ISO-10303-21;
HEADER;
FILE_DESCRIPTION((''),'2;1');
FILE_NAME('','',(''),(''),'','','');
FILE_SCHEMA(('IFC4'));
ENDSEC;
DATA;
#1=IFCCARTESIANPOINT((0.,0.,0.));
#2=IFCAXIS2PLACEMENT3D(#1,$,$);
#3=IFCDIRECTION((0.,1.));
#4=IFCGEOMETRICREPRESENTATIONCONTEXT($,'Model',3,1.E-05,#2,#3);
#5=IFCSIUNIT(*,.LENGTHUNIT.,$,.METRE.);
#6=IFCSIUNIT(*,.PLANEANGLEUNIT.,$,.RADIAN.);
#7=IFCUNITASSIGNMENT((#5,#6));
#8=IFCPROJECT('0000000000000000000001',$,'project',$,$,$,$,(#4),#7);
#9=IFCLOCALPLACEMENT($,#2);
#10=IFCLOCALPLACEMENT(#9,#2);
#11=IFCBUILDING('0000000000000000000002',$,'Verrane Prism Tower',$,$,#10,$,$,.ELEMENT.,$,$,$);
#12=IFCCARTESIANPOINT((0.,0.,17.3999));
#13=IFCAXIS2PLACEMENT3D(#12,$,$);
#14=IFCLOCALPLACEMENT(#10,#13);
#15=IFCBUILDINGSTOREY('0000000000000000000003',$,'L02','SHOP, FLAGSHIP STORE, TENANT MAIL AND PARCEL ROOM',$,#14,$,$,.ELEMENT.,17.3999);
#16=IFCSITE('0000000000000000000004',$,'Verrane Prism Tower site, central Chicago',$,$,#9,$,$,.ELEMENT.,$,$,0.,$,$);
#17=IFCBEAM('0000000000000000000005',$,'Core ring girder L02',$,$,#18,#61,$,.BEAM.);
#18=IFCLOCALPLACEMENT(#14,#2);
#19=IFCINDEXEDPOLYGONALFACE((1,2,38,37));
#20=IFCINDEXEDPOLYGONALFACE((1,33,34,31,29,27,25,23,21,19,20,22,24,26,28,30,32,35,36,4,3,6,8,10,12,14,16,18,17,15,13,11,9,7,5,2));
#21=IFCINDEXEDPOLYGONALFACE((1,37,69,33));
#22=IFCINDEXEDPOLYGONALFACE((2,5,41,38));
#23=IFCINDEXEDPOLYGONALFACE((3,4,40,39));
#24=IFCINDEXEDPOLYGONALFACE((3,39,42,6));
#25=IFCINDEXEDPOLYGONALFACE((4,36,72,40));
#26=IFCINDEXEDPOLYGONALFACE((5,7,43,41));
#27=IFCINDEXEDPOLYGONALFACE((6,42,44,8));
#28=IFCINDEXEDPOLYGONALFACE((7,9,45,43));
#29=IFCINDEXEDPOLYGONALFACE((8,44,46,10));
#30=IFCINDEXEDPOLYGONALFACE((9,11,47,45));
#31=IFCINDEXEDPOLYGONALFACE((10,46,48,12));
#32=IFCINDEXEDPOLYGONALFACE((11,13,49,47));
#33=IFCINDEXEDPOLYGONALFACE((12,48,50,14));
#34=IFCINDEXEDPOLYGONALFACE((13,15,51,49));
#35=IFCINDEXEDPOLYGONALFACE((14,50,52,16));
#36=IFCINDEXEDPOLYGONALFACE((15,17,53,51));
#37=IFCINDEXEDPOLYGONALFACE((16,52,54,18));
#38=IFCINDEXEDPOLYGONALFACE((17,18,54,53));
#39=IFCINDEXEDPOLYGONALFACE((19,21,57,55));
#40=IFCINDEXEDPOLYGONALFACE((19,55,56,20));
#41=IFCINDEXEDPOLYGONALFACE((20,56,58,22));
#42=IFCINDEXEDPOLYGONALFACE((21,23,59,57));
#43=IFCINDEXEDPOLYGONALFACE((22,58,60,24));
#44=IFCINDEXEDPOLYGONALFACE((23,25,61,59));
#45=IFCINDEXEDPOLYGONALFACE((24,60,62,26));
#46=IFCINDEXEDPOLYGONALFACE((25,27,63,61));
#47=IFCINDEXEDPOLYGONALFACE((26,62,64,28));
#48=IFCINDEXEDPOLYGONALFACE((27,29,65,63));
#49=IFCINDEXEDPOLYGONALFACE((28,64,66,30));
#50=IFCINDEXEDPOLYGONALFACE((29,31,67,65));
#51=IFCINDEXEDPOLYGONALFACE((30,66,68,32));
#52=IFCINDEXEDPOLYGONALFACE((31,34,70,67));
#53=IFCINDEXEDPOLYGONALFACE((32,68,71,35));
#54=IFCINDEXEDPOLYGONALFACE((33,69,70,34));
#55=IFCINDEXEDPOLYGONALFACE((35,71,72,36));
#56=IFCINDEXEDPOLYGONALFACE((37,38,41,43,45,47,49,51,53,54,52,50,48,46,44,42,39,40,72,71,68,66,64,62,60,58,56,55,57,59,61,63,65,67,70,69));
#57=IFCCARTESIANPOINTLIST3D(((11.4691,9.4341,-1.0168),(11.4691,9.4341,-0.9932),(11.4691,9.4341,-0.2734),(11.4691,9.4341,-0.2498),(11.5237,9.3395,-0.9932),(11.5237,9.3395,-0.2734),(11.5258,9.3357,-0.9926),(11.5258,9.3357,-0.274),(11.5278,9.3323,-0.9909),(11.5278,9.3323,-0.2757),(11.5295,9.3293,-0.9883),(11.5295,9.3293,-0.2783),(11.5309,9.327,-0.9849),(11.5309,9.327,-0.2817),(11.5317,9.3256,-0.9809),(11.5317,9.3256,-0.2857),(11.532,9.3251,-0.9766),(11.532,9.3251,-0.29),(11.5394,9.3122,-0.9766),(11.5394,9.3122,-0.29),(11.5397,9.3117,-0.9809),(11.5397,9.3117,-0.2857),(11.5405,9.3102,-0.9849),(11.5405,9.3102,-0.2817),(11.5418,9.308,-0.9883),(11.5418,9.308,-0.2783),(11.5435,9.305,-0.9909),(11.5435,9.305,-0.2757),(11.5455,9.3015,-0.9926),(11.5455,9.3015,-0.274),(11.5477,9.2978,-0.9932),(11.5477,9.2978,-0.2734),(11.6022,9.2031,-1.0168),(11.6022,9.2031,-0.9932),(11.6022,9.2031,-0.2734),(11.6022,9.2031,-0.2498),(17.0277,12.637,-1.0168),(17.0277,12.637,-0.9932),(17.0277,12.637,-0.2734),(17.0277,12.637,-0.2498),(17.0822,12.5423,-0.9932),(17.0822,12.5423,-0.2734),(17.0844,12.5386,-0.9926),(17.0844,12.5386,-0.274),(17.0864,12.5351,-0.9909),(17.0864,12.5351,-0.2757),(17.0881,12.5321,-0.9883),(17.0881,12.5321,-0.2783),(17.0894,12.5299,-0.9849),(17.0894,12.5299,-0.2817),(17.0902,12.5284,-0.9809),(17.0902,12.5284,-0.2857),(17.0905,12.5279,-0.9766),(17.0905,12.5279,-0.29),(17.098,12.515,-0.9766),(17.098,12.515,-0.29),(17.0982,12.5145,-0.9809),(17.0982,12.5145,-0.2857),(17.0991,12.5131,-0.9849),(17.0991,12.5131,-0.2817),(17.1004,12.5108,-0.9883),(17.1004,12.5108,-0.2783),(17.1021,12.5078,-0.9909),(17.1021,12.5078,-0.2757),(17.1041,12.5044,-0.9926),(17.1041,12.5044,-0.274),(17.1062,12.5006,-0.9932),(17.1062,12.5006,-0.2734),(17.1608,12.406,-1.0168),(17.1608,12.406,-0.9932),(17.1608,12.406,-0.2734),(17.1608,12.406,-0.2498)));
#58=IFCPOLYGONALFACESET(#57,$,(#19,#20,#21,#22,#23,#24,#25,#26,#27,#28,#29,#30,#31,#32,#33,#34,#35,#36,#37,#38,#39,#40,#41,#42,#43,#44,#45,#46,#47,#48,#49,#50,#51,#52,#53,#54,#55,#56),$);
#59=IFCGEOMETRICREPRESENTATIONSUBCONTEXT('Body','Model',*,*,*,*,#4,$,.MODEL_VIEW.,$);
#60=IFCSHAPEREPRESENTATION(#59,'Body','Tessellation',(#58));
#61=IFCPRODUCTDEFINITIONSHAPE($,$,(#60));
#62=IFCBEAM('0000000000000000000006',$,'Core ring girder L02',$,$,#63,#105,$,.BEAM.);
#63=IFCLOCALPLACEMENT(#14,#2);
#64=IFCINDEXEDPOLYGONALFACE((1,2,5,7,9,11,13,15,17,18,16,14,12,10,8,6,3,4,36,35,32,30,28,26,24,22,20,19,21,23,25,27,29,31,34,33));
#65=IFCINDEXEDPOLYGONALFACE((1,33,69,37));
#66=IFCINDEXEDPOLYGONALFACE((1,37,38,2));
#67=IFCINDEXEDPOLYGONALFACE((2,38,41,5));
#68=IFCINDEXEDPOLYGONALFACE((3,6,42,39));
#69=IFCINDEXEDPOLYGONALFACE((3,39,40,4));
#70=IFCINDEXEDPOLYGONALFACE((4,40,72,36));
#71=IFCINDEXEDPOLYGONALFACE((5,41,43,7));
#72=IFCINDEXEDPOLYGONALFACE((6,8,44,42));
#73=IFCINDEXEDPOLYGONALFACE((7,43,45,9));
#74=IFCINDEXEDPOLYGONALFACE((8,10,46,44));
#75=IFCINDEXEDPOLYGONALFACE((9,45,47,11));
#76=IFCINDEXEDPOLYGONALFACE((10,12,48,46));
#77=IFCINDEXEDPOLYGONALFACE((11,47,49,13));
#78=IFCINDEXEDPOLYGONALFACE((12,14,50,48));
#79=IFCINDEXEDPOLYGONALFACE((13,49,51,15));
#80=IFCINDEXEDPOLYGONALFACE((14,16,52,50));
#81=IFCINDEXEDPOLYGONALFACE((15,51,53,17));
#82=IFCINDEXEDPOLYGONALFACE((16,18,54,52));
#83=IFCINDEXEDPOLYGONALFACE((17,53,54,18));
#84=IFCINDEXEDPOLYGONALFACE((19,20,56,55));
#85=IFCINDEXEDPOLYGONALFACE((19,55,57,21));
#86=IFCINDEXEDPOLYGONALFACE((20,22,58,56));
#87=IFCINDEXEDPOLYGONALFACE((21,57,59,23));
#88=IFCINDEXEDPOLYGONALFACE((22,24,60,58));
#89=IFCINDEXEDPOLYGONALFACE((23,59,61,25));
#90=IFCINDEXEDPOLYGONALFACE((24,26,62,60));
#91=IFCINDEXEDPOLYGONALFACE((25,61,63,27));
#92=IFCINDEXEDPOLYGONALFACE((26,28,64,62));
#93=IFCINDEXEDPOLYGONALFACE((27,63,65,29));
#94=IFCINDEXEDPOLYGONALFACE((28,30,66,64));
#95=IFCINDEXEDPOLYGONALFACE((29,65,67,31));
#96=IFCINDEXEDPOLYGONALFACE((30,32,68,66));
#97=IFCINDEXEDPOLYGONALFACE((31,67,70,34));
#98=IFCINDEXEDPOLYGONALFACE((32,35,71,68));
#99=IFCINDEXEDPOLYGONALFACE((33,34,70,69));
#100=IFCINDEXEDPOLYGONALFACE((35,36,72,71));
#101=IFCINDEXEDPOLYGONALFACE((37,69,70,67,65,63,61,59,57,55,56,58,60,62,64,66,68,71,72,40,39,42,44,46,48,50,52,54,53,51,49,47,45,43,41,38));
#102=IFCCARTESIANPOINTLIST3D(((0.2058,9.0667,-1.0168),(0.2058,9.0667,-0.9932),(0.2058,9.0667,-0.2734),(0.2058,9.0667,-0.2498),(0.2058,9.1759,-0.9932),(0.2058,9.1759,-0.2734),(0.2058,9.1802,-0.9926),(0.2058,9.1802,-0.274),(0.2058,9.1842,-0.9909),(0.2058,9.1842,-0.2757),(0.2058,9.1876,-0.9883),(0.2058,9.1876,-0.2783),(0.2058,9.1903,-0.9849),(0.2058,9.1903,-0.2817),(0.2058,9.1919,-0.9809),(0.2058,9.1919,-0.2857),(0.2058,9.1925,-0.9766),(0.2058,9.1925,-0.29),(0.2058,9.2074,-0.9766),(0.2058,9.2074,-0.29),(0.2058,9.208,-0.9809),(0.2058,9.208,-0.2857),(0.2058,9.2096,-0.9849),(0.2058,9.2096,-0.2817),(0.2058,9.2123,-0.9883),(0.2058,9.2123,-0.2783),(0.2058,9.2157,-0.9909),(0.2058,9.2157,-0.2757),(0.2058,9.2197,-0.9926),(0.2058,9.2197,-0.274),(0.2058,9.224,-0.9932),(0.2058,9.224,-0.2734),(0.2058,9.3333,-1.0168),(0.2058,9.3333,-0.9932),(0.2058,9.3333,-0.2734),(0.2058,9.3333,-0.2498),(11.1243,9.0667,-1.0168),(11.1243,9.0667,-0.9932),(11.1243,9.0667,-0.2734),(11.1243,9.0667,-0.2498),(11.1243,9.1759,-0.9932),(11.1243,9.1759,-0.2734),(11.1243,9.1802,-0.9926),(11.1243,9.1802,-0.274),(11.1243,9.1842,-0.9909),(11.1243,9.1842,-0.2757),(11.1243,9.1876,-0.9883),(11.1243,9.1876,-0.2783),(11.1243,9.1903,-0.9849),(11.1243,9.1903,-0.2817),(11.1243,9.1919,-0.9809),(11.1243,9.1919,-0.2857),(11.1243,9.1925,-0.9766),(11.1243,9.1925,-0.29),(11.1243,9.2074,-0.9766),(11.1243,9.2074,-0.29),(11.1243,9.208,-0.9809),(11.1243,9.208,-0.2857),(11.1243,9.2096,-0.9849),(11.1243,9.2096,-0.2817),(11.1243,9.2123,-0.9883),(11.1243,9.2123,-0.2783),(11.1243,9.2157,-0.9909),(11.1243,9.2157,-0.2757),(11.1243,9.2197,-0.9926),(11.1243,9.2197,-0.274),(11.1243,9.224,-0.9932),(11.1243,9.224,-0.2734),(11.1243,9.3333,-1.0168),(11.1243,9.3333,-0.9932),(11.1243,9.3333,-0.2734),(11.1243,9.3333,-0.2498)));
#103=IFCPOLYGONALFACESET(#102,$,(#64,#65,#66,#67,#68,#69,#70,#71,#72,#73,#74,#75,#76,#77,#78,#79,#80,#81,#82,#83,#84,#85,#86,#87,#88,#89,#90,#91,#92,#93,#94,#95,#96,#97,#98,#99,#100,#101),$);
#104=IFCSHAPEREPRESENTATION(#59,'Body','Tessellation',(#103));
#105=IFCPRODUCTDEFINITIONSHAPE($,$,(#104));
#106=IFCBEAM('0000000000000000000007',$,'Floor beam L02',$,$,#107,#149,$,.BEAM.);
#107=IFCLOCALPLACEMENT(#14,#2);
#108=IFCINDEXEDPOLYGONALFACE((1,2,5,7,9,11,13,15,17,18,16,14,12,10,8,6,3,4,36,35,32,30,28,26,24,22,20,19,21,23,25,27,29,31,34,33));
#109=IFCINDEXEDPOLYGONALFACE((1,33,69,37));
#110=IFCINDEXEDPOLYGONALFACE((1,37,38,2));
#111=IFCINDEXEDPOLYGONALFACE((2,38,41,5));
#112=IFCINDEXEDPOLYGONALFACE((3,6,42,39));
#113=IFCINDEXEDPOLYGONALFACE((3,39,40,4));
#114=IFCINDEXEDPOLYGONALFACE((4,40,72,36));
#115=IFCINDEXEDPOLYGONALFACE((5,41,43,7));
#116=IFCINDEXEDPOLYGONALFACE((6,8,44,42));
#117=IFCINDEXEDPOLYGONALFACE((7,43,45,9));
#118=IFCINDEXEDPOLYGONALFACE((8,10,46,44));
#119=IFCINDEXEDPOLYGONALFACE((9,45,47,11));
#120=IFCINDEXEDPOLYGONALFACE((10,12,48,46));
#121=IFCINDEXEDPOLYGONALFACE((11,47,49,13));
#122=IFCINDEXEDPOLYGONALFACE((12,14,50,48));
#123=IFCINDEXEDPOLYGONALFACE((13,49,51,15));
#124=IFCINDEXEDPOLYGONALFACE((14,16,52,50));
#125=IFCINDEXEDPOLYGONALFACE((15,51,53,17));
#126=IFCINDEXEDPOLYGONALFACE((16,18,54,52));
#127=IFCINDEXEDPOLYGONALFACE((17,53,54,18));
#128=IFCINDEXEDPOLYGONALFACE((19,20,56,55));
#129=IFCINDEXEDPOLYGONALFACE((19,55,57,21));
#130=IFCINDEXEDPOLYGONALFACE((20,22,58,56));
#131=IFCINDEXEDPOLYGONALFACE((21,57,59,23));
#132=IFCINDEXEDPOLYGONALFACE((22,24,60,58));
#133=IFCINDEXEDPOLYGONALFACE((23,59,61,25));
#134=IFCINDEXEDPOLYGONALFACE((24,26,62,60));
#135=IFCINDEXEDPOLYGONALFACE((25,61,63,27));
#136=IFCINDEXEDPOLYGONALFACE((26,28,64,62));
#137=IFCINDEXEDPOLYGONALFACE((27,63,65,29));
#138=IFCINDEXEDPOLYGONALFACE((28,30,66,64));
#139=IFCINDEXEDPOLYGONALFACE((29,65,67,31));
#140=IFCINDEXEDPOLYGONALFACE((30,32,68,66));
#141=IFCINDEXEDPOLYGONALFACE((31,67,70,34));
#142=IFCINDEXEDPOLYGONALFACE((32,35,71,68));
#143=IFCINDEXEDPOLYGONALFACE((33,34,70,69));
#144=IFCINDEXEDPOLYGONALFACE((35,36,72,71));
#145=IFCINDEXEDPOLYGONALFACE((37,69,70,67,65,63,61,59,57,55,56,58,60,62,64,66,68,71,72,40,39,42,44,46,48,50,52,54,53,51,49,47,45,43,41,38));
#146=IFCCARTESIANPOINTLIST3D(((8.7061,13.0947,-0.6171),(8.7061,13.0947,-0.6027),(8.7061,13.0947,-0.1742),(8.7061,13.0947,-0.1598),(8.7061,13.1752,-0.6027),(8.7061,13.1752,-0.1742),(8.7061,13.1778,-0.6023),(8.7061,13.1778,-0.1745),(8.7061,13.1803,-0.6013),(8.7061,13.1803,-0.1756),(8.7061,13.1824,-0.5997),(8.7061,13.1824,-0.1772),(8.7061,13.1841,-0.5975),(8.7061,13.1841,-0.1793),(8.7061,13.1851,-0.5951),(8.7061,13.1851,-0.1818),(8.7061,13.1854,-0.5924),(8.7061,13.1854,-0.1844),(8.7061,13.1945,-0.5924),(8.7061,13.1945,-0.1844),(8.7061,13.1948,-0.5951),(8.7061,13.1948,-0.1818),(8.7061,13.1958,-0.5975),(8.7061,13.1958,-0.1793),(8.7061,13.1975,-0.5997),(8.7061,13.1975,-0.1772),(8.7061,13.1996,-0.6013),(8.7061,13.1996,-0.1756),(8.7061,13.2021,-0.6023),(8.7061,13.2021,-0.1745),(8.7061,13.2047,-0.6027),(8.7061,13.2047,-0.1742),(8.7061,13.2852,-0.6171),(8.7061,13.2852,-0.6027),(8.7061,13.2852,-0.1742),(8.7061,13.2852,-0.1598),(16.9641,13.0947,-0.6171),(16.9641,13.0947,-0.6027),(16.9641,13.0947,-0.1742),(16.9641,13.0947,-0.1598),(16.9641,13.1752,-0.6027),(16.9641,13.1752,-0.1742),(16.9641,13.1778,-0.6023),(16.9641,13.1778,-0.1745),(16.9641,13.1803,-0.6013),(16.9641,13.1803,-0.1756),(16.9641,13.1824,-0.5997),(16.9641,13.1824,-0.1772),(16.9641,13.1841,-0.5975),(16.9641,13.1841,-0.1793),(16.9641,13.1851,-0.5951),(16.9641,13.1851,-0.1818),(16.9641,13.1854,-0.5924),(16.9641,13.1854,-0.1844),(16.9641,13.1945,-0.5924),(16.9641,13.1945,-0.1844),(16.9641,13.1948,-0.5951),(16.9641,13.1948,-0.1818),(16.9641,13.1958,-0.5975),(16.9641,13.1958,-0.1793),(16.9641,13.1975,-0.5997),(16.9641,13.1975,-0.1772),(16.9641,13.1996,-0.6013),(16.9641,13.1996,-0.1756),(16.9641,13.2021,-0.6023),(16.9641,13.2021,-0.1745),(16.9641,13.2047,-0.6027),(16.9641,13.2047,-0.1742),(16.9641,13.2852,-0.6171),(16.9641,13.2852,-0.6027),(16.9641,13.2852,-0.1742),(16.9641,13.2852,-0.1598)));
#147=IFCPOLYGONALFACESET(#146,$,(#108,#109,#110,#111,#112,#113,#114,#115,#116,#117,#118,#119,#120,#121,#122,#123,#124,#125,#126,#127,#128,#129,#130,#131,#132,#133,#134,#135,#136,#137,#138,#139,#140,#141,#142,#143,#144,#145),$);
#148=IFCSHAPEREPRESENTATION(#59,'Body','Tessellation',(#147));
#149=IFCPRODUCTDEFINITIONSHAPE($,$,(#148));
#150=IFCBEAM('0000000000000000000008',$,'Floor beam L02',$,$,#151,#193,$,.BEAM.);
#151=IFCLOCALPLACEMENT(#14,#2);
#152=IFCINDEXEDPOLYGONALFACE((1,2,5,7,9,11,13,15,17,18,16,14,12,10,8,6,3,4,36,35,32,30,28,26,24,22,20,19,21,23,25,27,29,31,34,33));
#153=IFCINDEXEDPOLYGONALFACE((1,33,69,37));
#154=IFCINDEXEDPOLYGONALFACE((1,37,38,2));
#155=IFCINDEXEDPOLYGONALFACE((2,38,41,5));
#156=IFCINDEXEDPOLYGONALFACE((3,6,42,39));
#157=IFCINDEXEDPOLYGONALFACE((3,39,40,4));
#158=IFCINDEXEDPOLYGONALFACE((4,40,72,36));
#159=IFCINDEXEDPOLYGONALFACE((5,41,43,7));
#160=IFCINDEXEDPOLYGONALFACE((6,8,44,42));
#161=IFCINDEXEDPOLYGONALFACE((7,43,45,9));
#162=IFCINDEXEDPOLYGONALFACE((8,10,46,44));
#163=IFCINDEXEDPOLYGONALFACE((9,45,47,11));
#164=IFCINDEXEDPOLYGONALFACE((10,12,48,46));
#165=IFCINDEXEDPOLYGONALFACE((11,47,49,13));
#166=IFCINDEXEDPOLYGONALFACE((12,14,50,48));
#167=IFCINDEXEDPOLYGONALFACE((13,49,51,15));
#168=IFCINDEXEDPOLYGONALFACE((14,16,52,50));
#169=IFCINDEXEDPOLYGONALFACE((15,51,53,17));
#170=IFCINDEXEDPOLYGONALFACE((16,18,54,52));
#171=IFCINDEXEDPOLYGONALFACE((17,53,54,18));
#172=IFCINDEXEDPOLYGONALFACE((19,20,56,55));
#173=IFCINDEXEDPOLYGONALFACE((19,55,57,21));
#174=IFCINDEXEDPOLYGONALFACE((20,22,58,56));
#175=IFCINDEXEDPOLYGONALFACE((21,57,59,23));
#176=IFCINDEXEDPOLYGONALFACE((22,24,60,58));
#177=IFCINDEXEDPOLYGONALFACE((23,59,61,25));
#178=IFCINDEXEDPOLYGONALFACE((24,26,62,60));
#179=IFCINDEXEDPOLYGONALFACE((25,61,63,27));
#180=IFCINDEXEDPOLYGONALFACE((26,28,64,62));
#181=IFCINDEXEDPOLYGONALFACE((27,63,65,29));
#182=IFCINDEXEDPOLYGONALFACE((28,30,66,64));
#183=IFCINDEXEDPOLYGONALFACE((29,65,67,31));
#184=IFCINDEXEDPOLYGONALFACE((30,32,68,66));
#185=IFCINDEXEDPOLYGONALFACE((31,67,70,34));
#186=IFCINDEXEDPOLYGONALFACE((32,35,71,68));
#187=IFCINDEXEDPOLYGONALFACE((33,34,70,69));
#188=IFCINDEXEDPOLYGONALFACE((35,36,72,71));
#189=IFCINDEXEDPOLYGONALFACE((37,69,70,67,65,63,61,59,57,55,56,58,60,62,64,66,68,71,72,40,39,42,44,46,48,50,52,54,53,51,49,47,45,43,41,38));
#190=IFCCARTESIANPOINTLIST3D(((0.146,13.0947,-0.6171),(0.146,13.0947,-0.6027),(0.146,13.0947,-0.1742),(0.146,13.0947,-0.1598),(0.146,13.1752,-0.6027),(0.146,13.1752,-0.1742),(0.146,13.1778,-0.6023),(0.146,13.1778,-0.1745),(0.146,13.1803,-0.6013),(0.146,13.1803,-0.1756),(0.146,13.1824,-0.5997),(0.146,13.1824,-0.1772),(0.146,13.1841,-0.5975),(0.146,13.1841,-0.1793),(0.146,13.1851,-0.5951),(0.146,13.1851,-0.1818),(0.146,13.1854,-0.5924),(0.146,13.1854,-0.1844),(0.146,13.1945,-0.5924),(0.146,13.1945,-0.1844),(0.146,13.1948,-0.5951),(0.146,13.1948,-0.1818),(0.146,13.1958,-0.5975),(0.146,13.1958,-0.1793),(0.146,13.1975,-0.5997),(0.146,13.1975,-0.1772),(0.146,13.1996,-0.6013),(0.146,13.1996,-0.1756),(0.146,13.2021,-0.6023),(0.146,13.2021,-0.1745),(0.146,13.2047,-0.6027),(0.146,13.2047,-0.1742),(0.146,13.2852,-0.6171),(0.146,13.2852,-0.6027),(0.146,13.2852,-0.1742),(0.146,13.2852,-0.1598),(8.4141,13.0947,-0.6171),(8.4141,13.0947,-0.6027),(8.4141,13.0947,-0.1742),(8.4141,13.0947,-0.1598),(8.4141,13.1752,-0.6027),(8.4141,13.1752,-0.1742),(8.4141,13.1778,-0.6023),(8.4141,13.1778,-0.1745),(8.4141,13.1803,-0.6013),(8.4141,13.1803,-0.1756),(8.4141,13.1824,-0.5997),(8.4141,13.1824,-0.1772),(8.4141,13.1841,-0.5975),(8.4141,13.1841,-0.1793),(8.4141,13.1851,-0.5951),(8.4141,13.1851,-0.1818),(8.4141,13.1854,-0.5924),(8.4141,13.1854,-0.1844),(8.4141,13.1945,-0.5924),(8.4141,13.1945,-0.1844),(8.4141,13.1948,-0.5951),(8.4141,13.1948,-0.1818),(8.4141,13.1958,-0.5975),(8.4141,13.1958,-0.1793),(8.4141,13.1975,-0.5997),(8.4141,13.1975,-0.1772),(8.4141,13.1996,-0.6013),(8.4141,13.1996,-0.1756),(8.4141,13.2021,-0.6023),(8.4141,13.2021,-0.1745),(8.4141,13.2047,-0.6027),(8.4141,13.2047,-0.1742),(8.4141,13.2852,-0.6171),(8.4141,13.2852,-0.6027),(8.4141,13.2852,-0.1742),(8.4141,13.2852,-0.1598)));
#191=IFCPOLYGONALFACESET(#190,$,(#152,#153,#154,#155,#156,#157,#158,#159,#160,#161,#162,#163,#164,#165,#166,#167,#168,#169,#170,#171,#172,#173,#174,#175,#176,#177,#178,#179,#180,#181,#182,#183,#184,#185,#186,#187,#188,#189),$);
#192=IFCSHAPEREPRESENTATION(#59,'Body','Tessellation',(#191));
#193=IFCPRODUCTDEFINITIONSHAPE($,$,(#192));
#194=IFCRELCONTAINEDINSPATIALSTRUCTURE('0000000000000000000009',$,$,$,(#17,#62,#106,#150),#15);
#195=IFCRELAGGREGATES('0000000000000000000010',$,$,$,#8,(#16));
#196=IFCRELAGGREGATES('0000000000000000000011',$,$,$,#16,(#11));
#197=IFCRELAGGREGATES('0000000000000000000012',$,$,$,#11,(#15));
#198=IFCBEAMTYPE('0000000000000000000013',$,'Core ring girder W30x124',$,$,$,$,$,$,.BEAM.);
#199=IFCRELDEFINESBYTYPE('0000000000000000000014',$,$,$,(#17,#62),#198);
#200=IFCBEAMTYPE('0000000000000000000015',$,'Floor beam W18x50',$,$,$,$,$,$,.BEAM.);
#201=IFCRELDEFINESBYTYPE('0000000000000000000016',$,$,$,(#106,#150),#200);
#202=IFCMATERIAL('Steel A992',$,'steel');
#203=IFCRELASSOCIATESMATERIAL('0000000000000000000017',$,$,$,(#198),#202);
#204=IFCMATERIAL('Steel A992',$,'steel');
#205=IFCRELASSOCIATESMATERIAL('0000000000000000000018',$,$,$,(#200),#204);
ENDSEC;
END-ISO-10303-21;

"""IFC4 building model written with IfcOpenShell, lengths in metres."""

from ifc_helpers import new_model, si_unit, direction, frame, origin, origin_2d, place, context, subcontext, project, spatial, i_section, extrude, material, material_profile, profile_set, type_object, element, save


model = new_model("IFC4")

# Units and contexts
model_context = context("Model", 3, precision=1e-05, world=origin(), true_north=direction((0.0, 1.0)))
body_context = subcontext(model_context, "Body", "Model", "MODEL_VIEW")
ifc_project = project(units=[si_unit("LENGTHUNIT", "METRE"), si_unit("PLANEANGLEUNIT", "RADIAN")], contexts=[model_context])

# Site, building, storey
site_placement = place(None, origin())
site = spatial("IfcSite", under=ifc_project, at=site_placement, Name="Verrane Prism Tower site, central Chicago", CompositionType="ELEMENT", RefElevation=0.0)
building_placement = place(site_placement, origin())
building = spatial("IfcBuilding", under=site, at=building_placement, Name="Verrane Prism Tower", CompositionType="ELEMENT")
storey_placement = place(building_placement, frame((0.0, 0.0, 17.3999)))
storey = spatial("IfcBuildingStorey", under=building, at=storey_placement, Name="L02", Description="SHOP, FLAGSHIP STORE, TENANT MAIL AND PARCEL ROOM", CompositionType="ELEMENT", Elevation=17.3999)

# Beams
ifc_material_1 = material(Name="Steel A992", Category="steel")
ifc_material_profile_1 = material_profile(ifc_material_1, i_section(OverallWidth=0.2666, OverallDepth=0.7671, WebThickness=0.0149, FlangeThickness=0.0237, FilletRadius=0.0166, at=origin_2d()), Name="W30x124")
ifc_profile_set_1 = profile_set([ifc_material_profile_1], Name="Steel A992")
beam_type_1 = type_object("IfcBeamType", Name="Core ring girder W30x124", PredefinedType="BEAM", material=ifc_profile_set_1)
for number, where, z_axis, x_axis, name in (
    (1, (17.0942, 12.5215, -0.6333), (-0.866455, -0.499255, 0.0), (0.499255, -0.866455, 0.0), "Core ring girder L02"),
):
    element("IfcBeam", number, at=place(storey_placement, frame(where, z_axis=z_axis, x_axis=x_axis)), inside=storey, type_object=beam_type_1, Name=name, PredefinedType="BEAM", context=body_context, shape_type="SweptSolid", body=[
        extrude(i_section(OverallWidth=0.2666, OverallDepth=0.7671, WebThickness=0.0149, FlangeThickness=0.0237, FilletRadius=0.0166, at=origin_2d()), origin(), (0.0, 0.0, 1.0), 6.4153),
    ])
beam_1_placement = place(storey_placement, frame((11.1243, 9.2, -0.6333), z_axis=(-1.0, 0.0, 0.0), x_axis=(0.0, -1.0, 0.0)))
element("IfcBeam", 2, at=beam_1_placement, inside=storey, type_object=beam_type_1, Name="Core ring girder L02", PredefinedType="BEAM", context=body_context, shape_type="SweptSolid", body=[
    extrude(i_section(OverallWidth=0.2666, OverallDepth=0.7671, WebThickness=0.0149, FlangeThickness=0.0237, FilletRadius=0.0166, at=origin_2d()), origin(), (0.0, 0.0, 1.0), 10.9185),
])
ifc_material_2 = material(Name="Steel A992", Category="steel")
ifc_material_profile_2 = material_profile(ifc_material_2, i_section(OverallWidth=0.1904, OverallDepth=0.4573, WebThickness=0.009, FlangeThickness=0.0144, FilletRadius=0.0103, at=origin_2d()), Name="W18x50")
ifc_profile_set_2 = profile_set([ifc_material_profile_2], Name="Steel A992")
beam_type_2 = type_object("IfcBeamType", Name="Floor beam W18x50", PredefinedType="BEAM", material=ifc_profile_set_2)
beam_2_placement = place(storey_placement, frame((8.7061, 13.1899, -0.3884), z_axis=(1.0, 0.0, 0.0), x_axis=(0.0, 1.0, 0.0)))
element("IfcBeam", 3, at=beam_2_placement, inside=storey, type_object=beam_type_2, Name="Floor beam L02", PredefinedType="BEAM", context=body_context, shape_type="SweptSolid", body=[
    extrude(i_section(OverallWidth=0.1904, OverallDepth=0.4573, WebThickness=0.009, FlangeThickness=0.0144, FilletRadius=0.0103, at=origin_2d()), origin(), (0.0, 0.0, 1.0), 8.2581),
])
beam_3_placement = place(storey_placement, frame((0.146, 13.1899, -0.3884), z_axis=(1.0, 0.0, 0.0), x_axis=(0.0, 1.0, 0.0)))
element("IfcBeam", 4, at=beam_3_placement, inside=storey, type_object=beam_type_2, Name="Floor beam L02", PredefinedType="BEAM", context=body_context, shape_type="SweptSolid", body=[
    extrude(i_section(OverallWidth=0.1904, OverallDepth=0.4573, WebThickness=0.009, FlangeThickness=0.0144, FilletRadius=0.0103, at=origin_2d()), origin(), (0.0, 0.0, 1.0), 8.2681),
])

save(model, "model.ifc")
